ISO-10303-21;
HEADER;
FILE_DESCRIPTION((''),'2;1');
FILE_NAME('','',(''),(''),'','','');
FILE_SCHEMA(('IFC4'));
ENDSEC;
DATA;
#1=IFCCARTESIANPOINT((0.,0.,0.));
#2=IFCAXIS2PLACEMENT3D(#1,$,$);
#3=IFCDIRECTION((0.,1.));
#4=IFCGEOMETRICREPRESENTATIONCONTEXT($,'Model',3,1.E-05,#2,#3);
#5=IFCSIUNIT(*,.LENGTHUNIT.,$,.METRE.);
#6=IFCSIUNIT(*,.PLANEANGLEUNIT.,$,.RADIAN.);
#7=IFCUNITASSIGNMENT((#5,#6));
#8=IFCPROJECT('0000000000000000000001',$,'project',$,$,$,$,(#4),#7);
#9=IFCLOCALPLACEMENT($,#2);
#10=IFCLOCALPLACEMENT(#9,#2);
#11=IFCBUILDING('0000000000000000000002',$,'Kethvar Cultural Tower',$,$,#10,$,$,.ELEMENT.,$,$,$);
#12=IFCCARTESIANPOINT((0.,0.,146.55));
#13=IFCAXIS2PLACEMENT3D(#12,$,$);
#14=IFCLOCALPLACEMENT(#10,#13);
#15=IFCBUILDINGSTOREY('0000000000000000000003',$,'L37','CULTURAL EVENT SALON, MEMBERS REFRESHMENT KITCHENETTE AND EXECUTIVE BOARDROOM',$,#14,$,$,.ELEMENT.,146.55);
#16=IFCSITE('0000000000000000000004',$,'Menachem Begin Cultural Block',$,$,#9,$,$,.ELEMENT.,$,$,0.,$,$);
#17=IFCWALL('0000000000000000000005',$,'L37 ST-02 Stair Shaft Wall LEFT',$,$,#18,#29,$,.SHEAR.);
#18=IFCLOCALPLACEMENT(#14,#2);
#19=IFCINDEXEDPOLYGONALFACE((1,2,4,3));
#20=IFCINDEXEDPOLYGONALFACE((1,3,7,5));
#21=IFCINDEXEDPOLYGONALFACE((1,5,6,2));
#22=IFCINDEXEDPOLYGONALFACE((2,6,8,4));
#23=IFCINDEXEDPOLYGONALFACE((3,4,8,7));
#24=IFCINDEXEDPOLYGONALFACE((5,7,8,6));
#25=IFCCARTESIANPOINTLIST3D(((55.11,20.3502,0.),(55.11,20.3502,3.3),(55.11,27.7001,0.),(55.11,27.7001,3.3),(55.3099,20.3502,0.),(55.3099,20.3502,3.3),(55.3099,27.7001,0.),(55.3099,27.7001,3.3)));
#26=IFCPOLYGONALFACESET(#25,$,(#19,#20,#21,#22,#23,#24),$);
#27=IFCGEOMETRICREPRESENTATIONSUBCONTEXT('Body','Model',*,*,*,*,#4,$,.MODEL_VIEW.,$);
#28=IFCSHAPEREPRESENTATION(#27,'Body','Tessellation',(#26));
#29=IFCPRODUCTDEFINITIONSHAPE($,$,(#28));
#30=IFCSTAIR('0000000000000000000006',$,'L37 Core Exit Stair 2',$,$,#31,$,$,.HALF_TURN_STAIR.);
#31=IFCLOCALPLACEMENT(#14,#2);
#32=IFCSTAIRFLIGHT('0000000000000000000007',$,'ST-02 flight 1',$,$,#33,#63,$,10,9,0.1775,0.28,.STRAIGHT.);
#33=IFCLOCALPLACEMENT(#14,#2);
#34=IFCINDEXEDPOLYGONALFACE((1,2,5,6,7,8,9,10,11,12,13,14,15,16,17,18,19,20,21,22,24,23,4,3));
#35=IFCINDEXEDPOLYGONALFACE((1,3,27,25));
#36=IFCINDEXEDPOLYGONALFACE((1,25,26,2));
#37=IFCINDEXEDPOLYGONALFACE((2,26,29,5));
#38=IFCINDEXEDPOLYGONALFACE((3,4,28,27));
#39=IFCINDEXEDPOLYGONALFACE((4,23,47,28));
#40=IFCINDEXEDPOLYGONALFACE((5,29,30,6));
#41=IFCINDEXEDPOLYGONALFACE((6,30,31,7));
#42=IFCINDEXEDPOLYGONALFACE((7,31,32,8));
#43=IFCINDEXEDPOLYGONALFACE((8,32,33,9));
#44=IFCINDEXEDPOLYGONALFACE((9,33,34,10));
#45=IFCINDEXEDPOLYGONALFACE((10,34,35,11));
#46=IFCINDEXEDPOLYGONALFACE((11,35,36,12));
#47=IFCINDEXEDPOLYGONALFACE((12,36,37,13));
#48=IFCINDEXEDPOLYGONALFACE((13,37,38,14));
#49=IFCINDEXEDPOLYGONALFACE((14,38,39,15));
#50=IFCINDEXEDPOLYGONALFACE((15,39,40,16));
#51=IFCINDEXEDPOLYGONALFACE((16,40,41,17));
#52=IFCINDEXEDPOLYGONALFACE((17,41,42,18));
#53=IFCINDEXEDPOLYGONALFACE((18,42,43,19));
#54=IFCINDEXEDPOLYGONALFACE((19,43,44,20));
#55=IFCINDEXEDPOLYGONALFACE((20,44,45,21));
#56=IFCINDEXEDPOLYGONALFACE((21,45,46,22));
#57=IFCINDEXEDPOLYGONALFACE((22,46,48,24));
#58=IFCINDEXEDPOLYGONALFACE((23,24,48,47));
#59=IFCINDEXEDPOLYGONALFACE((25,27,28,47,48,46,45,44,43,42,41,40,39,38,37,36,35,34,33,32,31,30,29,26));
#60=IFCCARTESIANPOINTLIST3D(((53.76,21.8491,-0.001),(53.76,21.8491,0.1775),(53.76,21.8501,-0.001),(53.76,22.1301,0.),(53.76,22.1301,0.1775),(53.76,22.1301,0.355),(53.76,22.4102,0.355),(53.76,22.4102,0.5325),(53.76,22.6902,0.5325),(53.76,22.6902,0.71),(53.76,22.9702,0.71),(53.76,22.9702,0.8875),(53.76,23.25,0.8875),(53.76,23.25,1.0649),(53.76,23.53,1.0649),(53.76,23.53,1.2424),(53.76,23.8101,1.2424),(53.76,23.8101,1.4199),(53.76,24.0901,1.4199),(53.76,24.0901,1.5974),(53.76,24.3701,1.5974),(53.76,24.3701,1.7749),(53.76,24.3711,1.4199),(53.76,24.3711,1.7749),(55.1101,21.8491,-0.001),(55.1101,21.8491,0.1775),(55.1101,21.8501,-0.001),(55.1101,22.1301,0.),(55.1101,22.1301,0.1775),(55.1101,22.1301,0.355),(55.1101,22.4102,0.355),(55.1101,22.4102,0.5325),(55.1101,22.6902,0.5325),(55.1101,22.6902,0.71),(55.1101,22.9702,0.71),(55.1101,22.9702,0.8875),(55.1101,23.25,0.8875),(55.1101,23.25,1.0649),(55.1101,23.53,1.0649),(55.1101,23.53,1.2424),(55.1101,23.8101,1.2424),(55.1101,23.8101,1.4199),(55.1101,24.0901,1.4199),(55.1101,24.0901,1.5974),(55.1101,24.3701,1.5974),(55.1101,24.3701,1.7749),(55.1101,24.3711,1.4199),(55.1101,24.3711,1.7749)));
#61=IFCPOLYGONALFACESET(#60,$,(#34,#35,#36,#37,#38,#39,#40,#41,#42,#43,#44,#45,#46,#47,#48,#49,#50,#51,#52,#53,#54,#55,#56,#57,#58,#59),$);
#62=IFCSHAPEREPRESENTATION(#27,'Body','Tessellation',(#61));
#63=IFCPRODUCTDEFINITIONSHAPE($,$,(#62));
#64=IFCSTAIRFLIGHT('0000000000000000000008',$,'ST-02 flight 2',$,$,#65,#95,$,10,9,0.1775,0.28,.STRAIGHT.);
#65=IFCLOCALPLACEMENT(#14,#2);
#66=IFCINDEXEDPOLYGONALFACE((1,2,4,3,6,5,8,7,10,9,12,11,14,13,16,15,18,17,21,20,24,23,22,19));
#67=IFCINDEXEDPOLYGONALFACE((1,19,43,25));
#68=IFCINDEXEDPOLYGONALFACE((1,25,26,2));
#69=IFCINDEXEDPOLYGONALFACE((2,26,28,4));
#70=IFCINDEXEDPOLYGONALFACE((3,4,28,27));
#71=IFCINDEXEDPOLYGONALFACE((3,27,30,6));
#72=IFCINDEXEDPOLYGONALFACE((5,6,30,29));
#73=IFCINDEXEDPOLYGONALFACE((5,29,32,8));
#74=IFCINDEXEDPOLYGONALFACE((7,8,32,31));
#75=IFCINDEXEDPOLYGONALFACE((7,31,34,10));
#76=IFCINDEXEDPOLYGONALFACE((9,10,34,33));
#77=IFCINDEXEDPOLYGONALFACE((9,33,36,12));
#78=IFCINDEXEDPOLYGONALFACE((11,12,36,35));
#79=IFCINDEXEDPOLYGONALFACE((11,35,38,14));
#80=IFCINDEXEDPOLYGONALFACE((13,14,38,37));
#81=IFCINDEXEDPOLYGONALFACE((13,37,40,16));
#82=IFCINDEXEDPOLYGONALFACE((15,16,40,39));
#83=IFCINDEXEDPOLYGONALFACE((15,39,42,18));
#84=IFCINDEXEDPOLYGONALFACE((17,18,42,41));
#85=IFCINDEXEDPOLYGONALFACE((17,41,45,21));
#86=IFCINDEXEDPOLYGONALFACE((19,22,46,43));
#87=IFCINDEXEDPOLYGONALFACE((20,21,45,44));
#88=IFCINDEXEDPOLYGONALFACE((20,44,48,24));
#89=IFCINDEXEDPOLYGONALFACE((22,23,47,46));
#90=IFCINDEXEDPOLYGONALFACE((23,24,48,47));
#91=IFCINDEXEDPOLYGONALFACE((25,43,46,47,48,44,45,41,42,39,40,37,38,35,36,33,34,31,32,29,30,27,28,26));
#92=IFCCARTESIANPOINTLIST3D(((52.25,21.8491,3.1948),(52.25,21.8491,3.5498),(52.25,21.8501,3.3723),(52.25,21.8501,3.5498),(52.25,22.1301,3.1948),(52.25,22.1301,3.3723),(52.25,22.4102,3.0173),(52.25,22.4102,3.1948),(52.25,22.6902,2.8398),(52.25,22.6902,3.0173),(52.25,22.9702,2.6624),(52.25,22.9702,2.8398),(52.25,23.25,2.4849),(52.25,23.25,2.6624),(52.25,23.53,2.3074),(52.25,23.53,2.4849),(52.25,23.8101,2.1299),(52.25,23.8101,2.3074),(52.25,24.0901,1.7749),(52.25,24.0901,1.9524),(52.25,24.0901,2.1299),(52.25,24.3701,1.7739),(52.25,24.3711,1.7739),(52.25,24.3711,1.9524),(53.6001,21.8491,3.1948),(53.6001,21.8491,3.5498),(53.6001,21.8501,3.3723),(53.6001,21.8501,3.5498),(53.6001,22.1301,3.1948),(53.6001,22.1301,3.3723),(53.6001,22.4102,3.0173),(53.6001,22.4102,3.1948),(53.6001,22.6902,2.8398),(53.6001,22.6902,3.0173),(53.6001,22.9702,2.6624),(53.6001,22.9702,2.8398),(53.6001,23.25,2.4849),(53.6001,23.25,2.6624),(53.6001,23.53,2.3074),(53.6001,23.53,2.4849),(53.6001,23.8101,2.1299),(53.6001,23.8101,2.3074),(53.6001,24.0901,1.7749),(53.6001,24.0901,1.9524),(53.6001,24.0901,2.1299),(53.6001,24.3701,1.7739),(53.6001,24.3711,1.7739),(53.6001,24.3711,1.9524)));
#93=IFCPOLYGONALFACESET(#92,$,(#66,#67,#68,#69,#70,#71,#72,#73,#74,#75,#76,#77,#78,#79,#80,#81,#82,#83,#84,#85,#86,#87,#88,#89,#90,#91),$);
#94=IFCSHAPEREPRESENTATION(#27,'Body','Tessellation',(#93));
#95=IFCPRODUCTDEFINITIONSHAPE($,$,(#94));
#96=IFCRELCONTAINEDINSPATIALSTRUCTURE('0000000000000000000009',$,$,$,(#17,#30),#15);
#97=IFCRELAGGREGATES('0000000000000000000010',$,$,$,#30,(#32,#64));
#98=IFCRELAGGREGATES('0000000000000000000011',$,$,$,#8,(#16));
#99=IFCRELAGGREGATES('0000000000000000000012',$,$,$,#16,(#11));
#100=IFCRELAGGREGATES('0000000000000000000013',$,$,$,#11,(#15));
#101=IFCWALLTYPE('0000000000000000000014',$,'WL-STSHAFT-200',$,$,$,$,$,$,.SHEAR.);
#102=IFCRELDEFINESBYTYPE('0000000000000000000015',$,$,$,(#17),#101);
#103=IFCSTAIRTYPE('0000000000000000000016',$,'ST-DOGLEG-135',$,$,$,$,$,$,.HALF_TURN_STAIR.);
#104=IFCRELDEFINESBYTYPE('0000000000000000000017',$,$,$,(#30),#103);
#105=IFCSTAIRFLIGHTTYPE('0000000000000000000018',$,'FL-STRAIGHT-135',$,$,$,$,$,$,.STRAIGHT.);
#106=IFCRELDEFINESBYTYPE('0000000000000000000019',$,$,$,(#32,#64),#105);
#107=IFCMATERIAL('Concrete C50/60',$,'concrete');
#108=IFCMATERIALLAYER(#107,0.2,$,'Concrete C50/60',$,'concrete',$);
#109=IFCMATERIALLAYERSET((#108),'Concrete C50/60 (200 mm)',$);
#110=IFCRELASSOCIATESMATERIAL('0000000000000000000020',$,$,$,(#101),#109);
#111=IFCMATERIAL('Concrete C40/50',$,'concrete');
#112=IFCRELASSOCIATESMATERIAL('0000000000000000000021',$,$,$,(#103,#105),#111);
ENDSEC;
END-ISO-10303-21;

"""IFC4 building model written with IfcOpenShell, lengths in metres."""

from ifc_helpers import new_model, si_unit, direction, frame, frame_2d, origin, place, context, subcontext, project, spatial, polyline, rectangle, outline, extrude, material, layer, layer_set, type_object, element, aggregate, save


model = new_model("IFC4")

# Units and contexts
model_context = context("Model", 3, precision=1e-05, world=origin(), true_north=direction((0.0, 1.0)))
body_context = subcontext(model_context, "Body", "Model", "MODEL_VIEW")
ifc_project = project(units=[si_unit("LENGTHUNIT", "METRE"), si_unit("PLANEANGLEUNIT", "RADIAN")], contexts=[model_context])

# Site, building, storey
site_placement = place(None, origin())
site = spatial("IfcSite", under=ifc_project, at=site_placement, Name="Menachem Begin Cultural Block", CompositionType="ELEMENT", RefElevation=0.0)
building_placement = place(site_placement, origin())
building = spatial("IfcBuilding", under=site, at=building_placement, Name="Kethvar Cultural Tower", CompositionType="ELEMENT")
storey_placement = place(building_placement, frame((0.0, 0.0, 146.55)))
storey = spatial("IfcBuildingStorey", under=building, at=storey_placement, Name="L37", Description="CULTURAL EVENT SALON, MEMBERS REFRESHMENT KITCHENETTE AND EXECUTIVE BOARDROOM", CompositionType="ELEMENT", Elevation=146.55)

# Shared definitions
ifc_material_1 = material(Name="Concrete C50/60", Category="concrete")

# Wall
ifc_layer_1 = layer(ifc_material_1, 0.2, Name="Concrete C50/60", Category="concrete")
ifc_layer_set_1 = layer_set([ifc_layer_1], Name="Concrete C50/60 (200 mm)")
wall_type_1 = type_object("IfcWallType", Name="WL-STSHAFT-200", PredefinedType="SHEAR", material=ifc_layer_set_1)
wall_1_placement = place(storey_placement, frame((55.21, 27.7, 0.0), z_axis=(0.0, 0.0, 1.0), x_axis=(0.0, -1.0, 0.0)))
element("IfcWall", 1, at=wall_1_placement, inside=storey, type_object=wall_type_1, Name="L37 ST-02 Stair Shaft Wall LEFT", PredefinedType="SHEAR", context=body_context, shape_type="SweptSolid", body=[
    extrude(rectangle(XDim=7.3499, YDim=0.2, at=frame_2d((3.6748, 0.0))), origin(), (0.0, 0.0, 1.0), 3.3),
])

# Stair, stair flights
ifc_material_2 = material(Name="Concrete C40/50", Category="concrete")
stair_type = type_object("IfcStairType", Name="ST-DOGLEG-135", PredefinedType="HALF_TURN_STAIR", material=ifc_material_2)
stair_placement = place(storey_placement, origin())
stair = element("IfcStair", 2, at=stair_placement, inside=storey, type_object=stair_type, Name="L37 Core Exit Stair 2", PredefinedType="HALF_TURN_STAIR")
stair_flight_type = type_object("IfcStairFlightType", Name="FL-STRAIGHT-135", PredefinedType="STRAIGHT", material=ifc_material_2)
stair_flight_1_placement = place(storey_placement, frame((54.4351, 21.8501, 0.0), z_axis=(0.0, 0.0, 1.0), x_axis=(0.0, 1.0, 0.0)))
stair_flight_1 = element("IfcStairFlight", 3, at=stair_flight_1_placement, type_object=stair_flight_type, Name="ST-02 flight 1", NumberOfRisers=10, NumberOfTreads=9, PredefinedType="STRAIGHT", RiserHeight=0.1775, TreadLength=0.28, context=body_context, shape_type="SweptSolid", body=[
    extrude(outline(polyline([(-0.001, -0.001), (-0.001, 0.1775), (0.28, 0.1775), (0.28, 0.355), (0.5601, 0.355), (0.5601, 0.5325), (0.8401, 0.5325), (0.8401, 0.71), (1.1201, 0.71), (1.1201, 0.8875), (1.3999, 0.8875), (1.3999, 1.0649), (1.6799, 1.0649), (1.6799, 1.2424), (1.96, 1.2424), (1.96, 1.4199), (2.24, 1.4199), (2.24, 1.5974), (2.52, 1.5974), (2.52, 1.7749), (2.521, 1.7749), (2.521, 1.4199), (0.28, 0.0), (0.0, -0.001), (-0.001, -0.001)])), frame((0.0, 0.675, 0.0), z_axis=(0.0, -1.0, 0.0), x_axis=(1.0, 0.0, 0.0)), (0.0, 0.0, 1.0), 1.3501),
])
stair_flight_2_placement = place(storey_placement, frame((52.925, 24.3701, 1.7749), z_axis=(0.0, 0.0, 1.0), x_axis=(0.0, -1.0, 0.0)))
stair_flight_2 = element("IfcStairFlight", 4, at=stair_flight_2_placement, type_object=stair_flight_type, Name="ST-02 flight 2", NumberOfRisers=10, NumberOfTreads=9, PredefinedType="STRAIGHT", RiserHeight=0.1775, TreadLength=0.28, context=body_context, shape_type="SweptSolid", body=[
    extrude(outline(polyline([(-0.001, -0.001), (-0.001, 0.1775), (0.28, 0.1775), (0.28, 0.355), (0.5601, 0.355), (0.5601, 0.5325), (0.8401, 0.5325), (0.8401, 0.71), (1.1201, 0.71), (1.1201, 0.8875), (1.3999, 0.8875), (1.3999, 1.0649), (1.6799, 1.0649), (1.6799, 1.2424), (1.96, 1.2424), (1.96, 1.4199), (2.24, 1.4199), (2.24, 1.5974), (2.52, 1.5974), (2.52, 1.7749), (2.521, 1.7749), (2.521, 1.4199), (0.28, 0.0), (0.0, -0.001), (-0.001, -0.001)])), frame((0.0, 0.675, 0.0), z_axis=(0.0, -1.0, 0.0), x_axis=(1.0, 0.0, 0.0)), (0.0, 0.0, 1.0), 1.3501),
])
aggregate(stair, [stair_flight_1, stair_flight_2])

save(model, "model.ifc")
